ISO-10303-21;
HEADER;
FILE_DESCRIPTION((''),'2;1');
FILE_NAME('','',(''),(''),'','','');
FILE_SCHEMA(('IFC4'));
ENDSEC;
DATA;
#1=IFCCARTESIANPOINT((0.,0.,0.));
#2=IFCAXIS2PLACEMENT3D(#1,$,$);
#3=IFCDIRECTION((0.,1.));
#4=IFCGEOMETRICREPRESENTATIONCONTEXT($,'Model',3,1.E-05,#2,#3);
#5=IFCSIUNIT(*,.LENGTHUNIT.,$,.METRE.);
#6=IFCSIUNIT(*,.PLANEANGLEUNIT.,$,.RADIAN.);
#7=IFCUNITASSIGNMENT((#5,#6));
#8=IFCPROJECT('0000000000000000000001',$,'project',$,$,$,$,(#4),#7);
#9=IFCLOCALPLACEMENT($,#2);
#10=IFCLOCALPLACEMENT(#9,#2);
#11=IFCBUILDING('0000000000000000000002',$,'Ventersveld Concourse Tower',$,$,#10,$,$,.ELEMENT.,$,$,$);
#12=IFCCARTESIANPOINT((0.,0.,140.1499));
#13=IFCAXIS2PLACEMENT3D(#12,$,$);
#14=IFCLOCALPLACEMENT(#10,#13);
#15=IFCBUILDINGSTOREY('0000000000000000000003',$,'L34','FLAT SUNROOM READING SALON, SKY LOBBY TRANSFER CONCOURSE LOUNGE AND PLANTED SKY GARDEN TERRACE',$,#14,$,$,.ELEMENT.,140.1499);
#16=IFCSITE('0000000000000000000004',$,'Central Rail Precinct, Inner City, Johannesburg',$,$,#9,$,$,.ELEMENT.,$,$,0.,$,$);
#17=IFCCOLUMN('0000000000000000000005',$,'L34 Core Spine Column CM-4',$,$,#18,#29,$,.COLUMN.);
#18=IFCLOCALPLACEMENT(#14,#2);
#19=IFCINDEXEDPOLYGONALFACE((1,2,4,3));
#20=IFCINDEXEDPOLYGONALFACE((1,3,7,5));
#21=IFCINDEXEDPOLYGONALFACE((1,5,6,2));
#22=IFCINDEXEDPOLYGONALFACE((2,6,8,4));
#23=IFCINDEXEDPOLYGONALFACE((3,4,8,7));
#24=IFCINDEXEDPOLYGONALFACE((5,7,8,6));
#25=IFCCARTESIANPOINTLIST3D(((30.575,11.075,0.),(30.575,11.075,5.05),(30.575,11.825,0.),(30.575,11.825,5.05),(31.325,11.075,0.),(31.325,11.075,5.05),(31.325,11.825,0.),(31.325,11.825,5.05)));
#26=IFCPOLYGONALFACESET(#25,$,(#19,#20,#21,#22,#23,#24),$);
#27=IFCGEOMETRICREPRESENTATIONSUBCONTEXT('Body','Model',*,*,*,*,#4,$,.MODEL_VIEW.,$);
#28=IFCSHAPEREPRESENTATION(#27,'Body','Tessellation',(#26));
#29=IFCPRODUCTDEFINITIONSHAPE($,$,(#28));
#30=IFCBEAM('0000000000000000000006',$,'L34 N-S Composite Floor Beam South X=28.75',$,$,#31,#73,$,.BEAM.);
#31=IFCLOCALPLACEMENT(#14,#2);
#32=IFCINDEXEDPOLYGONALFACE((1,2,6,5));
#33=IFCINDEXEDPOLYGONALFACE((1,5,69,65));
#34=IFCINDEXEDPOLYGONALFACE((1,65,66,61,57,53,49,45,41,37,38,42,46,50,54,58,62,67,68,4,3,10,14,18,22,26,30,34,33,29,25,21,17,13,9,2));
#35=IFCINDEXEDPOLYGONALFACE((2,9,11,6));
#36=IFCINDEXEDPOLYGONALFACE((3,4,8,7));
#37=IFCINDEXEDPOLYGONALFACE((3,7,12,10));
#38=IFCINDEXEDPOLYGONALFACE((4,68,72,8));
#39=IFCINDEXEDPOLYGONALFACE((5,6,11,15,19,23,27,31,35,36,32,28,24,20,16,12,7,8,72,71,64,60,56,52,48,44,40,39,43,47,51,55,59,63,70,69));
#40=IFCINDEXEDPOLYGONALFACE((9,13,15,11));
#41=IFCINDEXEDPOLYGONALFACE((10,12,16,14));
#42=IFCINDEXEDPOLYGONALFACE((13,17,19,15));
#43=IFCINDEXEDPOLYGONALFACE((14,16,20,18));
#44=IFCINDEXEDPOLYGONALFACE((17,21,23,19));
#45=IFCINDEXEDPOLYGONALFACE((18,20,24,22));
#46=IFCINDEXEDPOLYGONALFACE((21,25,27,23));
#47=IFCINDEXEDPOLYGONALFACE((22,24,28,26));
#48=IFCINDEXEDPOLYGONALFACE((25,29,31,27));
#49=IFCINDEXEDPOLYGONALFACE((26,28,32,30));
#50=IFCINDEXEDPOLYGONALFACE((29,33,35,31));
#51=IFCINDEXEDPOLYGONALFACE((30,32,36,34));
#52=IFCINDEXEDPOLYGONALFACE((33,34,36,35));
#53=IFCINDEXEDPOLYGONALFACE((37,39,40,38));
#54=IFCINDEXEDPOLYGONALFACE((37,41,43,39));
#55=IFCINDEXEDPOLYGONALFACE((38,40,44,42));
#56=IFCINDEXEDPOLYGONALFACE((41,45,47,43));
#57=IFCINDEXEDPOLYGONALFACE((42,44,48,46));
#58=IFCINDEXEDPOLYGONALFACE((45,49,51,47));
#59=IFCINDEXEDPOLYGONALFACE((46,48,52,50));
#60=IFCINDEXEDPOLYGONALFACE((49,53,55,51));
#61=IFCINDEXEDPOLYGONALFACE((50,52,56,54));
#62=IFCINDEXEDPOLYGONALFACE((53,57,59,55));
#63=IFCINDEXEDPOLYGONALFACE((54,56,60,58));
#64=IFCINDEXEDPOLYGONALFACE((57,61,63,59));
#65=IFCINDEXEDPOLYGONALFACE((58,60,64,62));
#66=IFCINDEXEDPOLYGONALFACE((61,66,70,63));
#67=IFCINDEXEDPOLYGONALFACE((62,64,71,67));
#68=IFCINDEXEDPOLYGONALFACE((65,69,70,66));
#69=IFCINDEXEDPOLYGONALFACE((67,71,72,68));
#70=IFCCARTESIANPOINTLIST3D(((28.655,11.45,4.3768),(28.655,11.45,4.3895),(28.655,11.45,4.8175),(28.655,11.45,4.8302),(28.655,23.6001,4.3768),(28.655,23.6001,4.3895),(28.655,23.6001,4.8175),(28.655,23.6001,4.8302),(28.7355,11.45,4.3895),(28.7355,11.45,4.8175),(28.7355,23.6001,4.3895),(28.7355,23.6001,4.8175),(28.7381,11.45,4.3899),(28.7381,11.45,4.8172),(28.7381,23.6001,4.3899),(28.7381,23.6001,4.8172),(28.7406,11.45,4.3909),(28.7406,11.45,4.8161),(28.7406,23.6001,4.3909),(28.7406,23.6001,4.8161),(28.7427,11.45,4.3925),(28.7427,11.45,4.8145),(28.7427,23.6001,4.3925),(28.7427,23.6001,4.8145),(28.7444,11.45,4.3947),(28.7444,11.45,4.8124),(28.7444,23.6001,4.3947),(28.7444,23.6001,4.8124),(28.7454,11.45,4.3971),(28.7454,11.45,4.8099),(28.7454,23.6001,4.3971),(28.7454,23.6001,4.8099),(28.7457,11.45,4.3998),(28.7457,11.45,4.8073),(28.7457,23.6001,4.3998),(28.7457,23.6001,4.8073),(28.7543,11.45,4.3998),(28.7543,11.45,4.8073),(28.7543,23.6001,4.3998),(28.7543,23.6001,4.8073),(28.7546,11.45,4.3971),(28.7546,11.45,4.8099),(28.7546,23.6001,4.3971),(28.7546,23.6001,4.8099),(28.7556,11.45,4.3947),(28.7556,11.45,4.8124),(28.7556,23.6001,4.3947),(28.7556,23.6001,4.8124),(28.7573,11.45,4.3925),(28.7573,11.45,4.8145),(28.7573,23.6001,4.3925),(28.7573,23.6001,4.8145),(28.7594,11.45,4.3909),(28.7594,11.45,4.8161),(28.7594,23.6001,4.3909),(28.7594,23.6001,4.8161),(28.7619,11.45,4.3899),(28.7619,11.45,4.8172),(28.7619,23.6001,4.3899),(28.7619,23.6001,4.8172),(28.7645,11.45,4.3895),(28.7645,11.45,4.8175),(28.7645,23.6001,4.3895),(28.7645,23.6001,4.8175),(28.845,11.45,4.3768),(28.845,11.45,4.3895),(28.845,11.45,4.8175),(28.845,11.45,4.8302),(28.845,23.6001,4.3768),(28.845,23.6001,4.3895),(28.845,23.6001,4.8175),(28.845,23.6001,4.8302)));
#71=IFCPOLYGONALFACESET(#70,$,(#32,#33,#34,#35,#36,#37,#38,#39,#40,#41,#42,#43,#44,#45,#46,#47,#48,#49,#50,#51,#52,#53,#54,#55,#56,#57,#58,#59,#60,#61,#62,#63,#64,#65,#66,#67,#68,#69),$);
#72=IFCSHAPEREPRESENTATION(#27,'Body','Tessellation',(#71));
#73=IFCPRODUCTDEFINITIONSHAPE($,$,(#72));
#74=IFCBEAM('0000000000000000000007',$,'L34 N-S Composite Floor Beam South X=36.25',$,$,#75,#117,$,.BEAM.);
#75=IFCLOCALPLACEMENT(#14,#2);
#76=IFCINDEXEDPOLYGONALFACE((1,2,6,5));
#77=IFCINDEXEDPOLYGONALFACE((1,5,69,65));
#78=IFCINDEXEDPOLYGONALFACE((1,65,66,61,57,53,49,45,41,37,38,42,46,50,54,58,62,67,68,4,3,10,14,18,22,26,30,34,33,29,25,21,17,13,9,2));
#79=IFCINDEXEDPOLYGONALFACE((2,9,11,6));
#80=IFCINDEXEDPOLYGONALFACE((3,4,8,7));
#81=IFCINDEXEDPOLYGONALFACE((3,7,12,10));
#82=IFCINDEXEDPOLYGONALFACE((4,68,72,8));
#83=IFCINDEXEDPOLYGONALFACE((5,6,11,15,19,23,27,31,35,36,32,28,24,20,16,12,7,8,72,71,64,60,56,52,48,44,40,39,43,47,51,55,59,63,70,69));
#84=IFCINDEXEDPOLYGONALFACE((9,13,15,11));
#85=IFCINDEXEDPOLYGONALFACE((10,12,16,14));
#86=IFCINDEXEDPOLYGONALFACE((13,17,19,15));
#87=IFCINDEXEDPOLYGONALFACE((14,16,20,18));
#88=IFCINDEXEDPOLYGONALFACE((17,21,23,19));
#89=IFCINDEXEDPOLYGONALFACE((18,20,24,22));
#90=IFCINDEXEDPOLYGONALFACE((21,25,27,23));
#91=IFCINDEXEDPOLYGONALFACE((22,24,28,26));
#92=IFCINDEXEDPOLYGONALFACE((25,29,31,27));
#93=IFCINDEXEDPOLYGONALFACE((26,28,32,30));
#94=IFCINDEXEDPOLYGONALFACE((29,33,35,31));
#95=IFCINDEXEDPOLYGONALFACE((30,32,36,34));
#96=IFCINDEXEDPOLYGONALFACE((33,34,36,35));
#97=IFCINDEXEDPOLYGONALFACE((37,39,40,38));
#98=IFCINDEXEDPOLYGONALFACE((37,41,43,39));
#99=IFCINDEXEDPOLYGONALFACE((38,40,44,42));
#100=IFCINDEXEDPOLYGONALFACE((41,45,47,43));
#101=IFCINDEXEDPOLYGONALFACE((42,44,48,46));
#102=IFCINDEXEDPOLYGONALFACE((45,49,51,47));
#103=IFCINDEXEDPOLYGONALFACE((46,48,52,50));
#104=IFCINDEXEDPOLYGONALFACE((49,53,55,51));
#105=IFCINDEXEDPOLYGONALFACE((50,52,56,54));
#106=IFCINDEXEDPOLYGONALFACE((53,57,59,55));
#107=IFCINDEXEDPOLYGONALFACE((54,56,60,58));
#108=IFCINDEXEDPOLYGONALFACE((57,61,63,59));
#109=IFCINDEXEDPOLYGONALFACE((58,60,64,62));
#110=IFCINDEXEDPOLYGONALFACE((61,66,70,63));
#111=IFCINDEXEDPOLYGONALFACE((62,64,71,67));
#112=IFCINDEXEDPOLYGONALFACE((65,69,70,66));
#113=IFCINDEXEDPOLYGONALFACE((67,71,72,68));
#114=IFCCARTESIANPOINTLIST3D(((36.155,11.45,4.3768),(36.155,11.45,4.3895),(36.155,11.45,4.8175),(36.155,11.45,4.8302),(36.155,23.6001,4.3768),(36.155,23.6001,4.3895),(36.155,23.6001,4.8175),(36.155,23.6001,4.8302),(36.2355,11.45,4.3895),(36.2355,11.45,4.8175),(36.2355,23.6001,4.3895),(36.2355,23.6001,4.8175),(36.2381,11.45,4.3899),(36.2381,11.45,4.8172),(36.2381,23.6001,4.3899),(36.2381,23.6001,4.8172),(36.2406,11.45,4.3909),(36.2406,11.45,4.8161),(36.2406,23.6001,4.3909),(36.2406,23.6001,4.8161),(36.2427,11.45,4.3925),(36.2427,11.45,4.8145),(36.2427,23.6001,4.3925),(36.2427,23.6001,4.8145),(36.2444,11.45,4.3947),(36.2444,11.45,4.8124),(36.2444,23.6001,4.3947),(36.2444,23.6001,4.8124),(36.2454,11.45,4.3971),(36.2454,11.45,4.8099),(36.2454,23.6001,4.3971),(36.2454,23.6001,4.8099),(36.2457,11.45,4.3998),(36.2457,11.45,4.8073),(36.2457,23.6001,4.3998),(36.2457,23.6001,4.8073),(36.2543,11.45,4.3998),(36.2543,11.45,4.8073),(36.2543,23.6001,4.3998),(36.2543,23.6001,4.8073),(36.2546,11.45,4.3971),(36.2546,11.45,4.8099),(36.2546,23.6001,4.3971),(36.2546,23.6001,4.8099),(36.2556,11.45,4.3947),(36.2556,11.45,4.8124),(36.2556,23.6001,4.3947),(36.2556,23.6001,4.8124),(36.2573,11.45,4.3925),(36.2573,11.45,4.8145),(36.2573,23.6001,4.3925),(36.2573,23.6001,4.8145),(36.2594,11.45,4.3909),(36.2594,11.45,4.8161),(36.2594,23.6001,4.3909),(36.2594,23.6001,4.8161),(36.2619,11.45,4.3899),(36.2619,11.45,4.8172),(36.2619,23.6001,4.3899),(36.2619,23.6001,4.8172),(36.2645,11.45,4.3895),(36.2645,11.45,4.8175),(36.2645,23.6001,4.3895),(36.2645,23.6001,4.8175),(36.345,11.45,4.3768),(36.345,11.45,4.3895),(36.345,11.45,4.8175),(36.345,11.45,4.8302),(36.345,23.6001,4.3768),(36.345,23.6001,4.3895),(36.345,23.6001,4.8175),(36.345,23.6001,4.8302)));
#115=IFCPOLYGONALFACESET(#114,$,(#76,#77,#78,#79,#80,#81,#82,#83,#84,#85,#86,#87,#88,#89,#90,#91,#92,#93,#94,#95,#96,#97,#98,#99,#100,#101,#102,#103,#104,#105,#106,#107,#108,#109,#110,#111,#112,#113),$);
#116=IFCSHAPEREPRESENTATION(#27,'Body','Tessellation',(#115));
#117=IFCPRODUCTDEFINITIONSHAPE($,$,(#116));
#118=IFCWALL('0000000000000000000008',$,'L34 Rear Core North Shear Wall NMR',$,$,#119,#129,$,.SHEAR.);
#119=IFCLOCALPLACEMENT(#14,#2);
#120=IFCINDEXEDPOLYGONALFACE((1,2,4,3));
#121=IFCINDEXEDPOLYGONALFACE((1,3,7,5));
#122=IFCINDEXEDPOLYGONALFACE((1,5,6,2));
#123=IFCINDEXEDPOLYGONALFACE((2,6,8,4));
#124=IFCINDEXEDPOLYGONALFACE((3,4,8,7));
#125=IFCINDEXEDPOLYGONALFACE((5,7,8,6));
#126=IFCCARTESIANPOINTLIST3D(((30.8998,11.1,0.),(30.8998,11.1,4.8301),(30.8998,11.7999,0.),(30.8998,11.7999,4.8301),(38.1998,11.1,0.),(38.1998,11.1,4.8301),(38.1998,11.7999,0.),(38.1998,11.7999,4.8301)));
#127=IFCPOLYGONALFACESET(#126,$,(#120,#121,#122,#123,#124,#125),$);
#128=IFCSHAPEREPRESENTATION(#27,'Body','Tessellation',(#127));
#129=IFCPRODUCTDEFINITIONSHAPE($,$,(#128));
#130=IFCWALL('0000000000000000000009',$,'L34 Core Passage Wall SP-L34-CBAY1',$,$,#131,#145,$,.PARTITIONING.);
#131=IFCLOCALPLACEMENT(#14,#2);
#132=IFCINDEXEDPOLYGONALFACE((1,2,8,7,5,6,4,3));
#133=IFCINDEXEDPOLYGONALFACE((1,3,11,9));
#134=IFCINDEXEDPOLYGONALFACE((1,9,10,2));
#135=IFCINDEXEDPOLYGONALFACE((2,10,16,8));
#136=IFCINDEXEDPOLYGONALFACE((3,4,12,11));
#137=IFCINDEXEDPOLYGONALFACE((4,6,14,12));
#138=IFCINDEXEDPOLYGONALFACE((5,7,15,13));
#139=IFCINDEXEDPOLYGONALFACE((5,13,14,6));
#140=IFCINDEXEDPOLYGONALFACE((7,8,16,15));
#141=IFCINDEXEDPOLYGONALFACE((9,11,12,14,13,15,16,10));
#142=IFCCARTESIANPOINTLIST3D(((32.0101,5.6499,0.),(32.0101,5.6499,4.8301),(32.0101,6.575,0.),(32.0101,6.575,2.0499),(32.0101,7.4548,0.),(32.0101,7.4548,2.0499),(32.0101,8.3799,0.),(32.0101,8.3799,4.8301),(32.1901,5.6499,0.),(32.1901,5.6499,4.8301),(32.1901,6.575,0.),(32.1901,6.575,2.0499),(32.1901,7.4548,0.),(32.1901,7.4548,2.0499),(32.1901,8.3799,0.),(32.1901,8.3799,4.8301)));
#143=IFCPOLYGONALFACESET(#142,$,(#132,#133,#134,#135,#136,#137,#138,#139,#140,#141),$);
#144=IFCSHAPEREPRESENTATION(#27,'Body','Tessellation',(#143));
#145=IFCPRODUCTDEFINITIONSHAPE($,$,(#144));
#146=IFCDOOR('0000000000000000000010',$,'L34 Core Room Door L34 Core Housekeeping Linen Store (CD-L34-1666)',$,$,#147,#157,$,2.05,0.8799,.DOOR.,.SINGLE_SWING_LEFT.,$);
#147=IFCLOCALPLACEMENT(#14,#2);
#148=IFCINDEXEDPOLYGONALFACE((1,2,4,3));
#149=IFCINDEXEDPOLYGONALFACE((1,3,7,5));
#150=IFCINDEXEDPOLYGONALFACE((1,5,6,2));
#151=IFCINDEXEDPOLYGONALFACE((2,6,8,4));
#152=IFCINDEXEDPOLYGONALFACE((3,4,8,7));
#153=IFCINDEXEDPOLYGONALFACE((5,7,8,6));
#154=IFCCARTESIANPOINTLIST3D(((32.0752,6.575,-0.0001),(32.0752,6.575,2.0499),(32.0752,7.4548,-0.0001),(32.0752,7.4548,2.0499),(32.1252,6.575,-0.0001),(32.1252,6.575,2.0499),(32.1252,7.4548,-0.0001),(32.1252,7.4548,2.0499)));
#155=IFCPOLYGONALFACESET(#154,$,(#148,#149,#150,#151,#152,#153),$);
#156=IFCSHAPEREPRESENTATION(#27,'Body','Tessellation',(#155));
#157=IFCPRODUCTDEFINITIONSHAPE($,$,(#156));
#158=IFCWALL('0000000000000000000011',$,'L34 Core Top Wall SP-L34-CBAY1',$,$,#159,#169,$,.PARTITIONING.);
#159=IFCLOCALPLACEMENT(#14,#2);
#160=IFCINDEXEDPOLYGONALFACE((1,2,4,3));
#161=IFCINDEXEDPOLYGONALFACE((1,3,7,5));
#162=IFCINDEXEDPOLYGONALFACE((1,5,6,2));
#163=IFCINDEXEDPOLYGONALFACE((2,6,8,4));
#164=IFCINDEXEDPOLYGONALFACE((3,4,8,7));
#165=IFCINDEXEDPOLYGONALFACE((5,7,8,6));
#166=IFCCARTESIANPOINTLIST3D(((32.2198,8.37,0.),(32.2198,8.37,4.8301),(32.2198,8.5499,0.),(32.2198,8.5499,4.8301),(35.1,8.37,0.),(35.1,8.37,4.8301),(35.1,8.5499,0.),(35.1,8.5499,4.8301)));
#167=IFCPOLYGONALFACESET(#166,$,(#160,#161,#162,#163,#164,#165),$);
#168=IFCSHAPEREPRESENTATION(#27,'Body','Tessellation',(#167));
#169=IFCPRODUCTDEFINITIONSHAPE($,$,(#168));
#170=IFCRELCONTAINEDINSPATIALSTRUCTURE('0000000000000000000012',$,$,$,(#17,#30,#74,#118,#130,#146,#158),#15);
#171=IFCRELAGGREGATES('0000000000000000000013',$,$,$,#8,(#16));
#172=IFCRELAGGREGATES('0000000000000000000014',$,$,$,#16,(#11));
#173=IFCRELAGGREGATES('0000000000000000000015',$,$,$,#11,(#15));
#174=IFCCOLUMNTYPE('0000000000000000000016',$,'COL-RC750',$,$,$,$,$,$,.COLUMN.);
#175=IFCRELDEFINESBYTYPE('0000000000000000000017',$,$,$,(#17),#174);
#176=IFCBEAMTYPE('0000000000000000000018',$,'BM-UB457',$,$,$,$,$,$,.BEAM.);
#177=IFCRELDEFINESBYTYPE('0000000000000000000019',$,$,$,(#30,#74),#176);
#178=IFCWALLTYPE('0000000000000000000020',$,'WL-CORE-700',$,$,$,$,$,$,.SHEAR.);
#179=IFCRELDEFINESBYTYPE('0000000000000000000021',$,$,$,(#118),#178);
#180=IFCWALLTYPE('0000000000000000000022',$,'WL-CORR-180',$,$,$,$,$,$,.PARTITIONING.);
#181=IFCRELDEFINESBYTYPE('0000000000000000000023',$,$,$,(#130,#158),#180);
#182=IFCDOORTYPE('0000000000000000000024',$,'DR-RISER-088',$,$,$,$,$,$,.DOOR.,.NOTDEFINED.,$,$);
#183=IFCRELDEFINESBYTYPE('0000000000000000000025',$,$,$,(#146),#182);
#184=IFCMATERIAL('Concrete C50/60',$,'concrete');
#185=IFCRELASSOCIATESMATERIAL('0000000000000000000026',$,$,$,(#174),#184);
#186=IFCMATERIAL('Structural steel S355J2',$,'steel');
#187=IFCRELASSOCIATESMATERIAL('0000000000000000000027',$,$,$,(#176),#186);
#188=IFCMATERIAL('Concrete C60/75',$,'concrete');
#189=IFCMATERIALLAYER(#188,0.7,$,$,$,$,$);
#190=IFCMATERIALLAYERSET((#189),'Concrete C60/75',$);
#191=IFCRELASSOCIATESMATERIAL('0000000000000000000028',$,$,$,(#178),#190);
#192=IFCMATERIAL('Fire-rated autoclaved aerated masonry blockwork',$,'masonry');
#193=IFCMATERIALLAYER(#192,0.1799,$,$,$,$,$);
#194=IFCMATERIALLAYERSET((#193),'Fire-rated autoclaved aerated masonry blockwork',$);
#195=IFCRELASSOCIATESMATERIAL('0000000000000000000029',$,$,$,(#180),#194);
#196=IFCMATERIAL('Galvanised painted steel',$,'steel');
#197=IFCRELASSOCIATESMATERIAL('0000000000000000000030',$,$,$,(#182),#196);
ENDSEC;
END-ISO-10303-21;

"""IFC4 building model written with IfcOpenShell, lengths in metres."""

from ifc_helpers import new_model, si_unit, direction, frame, frame_2d, origin, origin_2d, place, context, subcontext, project, spatial, rectangle, i_section, extrude, material, layer, layer_set, material_profile, profile_set, type_object, element, fill, save


model = new_model("IFC4")

# Units and contexts
model_context = context("Model", 3, precision=1e-05, world=origin(), true_north=direction((0.0, 1.0)))
body_context = subcontext(model_context, "Body", "Model", "MODEL_VIEW")
ifc_project = project(units=[si_unit("LENGTHUNIT", "METRE"), si_unit("PLANEANGLEUNIT", "RADIAN")], contexts=[model_context])

# Site, building, storey
site_placement = place(None, origin())
site = spatial("IfcSite", under=ifc_project, at=site_placement, Name="Central Rail Precinct, Inner City, Johannesburg", CompositionType="ELEMENT", RefElevation=0.0)
building_placement = place(site_placement, origin())
building = spatial("IfcBuilding", under=site, at=building_placement, Name="Ventersveld Concourse Tower", CompositionType="ELEMENT")
storey_placement = place(building_placement, frame((0.0, 0.0, 140.1499)))
storey = spatial("IfcBuildingStorey", under=building, at=storey_placement, Name="L34", Description="FLAT SUNROOM READING SALON, SKY LOBBY TRANSFER CONCOURSE LOUNGE AND PLANTED SKY GARDEN TERRACE", CompositionType="ELEMENT", Elevation=140.1499)

# Column
ifc_material_1 = material(Name="Concrete C50/60", Category="concrete")
ifc_material_profile_1 = material_profile(ifc_material_1, rectangle(XDim=0.75, YDim=0.75, at=origin_2d()), Name="RC 750x750")
ifc_profile_set_1 = profile_set([ifc_material_profile_1], Name="Concrete C50/60")
column_type = type_object("IfcColumnType", Name="COL-RC750", PredefinedType="COLUMN", material=ifc_profile_set_1)
column_placement = place(storey_placement, frame((30.95, 11.45, 0.0), z_axis=(0.0, 0.0, 1.0), x_axis=(1.0, 0.0, 0.0)))
element("IfcColumn", 1, at=column_placement, inside=storey, type_object=column_type, Name="L34 Core Spine Column CM-4", PredefinedType="COLUMN", context=body_context, shape_type="SweptSolid", body=[
    extrude(rectangle(XDim=0.75, YDim=0.75, at=origin_2d()), origin(), (0.0, 0.0, 1.0), 5.05),
])

# Beams
ifc_material_2 = material(Name="Structural steel S355J2", Category="steel")
ifc_material_profile_2 = material_profile(ifc_material_2, i_section(OverallWidth=0.1899, OverallDepth=0.4534, WebThickness=0.0085, FlangeThickness=0.0127, FilletRadius=0.0103, at=origin_2d()), Name="UB 457x191x67")
ifc_profile_set_2 = profile_set([ifc_material_profile_2], Name="Structural steel S355J2")
beam_type = type_object("IfcBeamType", Name="BM-UB457", PredefinedType="BEAM", material=ifc_profile_set_2)
for number, where, z_axis, x_axis, name in (
    (2, (28.75, 11.45, 4.6035), (0.0, 1.0, 0.0), (-1.0, 0.0, 0.0), "L34 N-S Composite Floor Beam South X=28.75"),
    (3, (36.25, 11.45, 4.6035), (0.0, 1.0, 0.0), (-1.0, 0.0, 0.0), "L34 N-S Composite Floor Beam South X=36.25"),
):
    element("IfcBeam", number, at=place(storey_placement, frame(where, z_axis=z_axis, x_axis=x_axis)), inside=storey, type_object=beam_type, Name=name, PredefinedType="BEAM", context=body_context, shape_type="SweptSolid", body=[
        extrude(i_section(OverallWidth=0.1899, OverallDepth=0.4534, WebThickness=0.0085, FlangeThickness=0.0127, FilletRadius=0.0103, at=origin_2d()), origin(), (0.0, 0.0, 1.0), 12.1501),
    ])

# Wall
ifc_material_3 = material(Name="Concrete C60/75", Category="concrete")
ifc_layer_1 = layer(ifc_material_3, 0.7)
ifc_layer_set_1 = layer_set([ifc_layer_1], Name="Concrete C60/75")
wall_type_1 = type_object("IfcWallType", Name="WL-CORE-700", PredefinedType="SHEAR", material=ifc_layer_set_1)
wall_1_placement = place(storey_placement, frame((30.8999, 11.45, 0.0), z_axis=(0.0, 0.0, 1.0), x_axis=(1.0, 0.0, 0.0)))
element("IfcWall", 4, at=wall_1_placement, inside=storey, type_object=wall_type_1, Name="L34 Rear Core North Shear Wall NMR", PredefinedType="SHEAR", context=body_context, shape_type="SweptSolid", body=[
    extrude(rectangle(XDim=7.3, YDim=0.7, at=frame_2d((3.6499, 0.0))), origin(), (0.0, 0.0, 1.0), 4.8301),
])

# Wall, opening, door
ifc_material_4 = material(Name="Fire-rated autoclaved aerated masonry blockwork", Category="masonry")
ifc_layer_2 = layer(ifc_material_4, 0.1799)
ifc_layer_set_2 = layer_set([ifc_layer_2], Name="Fire-rated autoclaved aerated masonry blockwork")
wall_type_2 = type_object("IfcWallType", Name="WL-CORR-180", PredefinedType="PARTITIONING", material=ifc_layer_set_2)
wall_2_placement = place(storey_placement, frame((32.1001, 5.6499, 0.0), z_axis=(0.0, 0.0, 1.0), x_axis=(0.0, 1.0, 0.0)))
wall_2 = element("IfcWall", 5, at=wall_2_placement, inside=storey, type_object=wall_type_2, Name="L34 Core Passage Wall SP-L34-CBAY1", PredefinedType="PARTITIONING", context=body_context, shape_type="SweptSolid", body=[
    extrude(rectangle(XDim=2.73, YDim=0.1799, at=frame_2d((1.365, 0.0))), origin(), (0.0, 0.0, 1.0), 4.8301),
])
opening_1_placement = place(wall_2_placement, frame((0.925, 0.0, 0.0)))
opening_1 = element("IfcOpeningElement", 6, at=opening_1_placement, cuts=wall_2, PredefinedType="OPENING", context=body_context, shape_type="SweptSolid", body=[
    extrude(rectangle(XDim=0.8799, YDim=2.05, at=frame_2d((0.4399, 1.0249))), frame((0.0, 0.1001, 0.0), z_axis=(0.0, -1.0, 0.0), x_axis=(1.0, 0.0, 0.0)), (0.0, 0.0, 1.0), 0.2),
])
ifc_material_5 = material(Name="Galvanised painted steel", Category="steel")
door_type_1 = type_object("IfcDoorType", Name="DR-RISER-088", OperationType="NOTDEFINED", PredefinedType="DOOR", material=ifc_material_5)
door_1_placement = place(opening_1_placement, origin())
door_1 = element("IfcDoor", 7, at=door_1_placement, inside=storey, type_object=door_type_1, Name="L34 Core Room Door L34 Core Housekeeping Linen Store (CD-L34-1666)", OperationType="SINGLE_SWING_LEFT", OverallHeight=2.05, OverallWidth=0.8799, PredefinedType="DOOR", context=body_context, shape_type="SweptSolid", body=[
    extrude(rectangle(XDim=0.8799, YDim=2.05, at=frame_2d((0.4399, 1.0249))), frame((0.0, 0.0249, 0.0), z_axis=(0.0, -1.0, 0.0), x_axis=(1.0, 0.0, 0.0)), (0.0, 0.0, 1.0), 0.05),
])
fill(opening_1, door_1)

# Wall
wall_3_placement = place(storey_placement, frame((32.22, 8.46, 0.0), z_axis=(0.0, 0.0, 1.0), x_axis=(1.0, 0.0, 0.0)))
element("IfcWall", 8, at=wall_3_placement, inside=storey, type_object=wall_type_2, Name="L34 Core Top Wall SP-L34-CBAY1", PredefinedType="PARTITIONING", context=body_context, shape_type="SweptSolid", body=[
    extrude(rectangle(XDim=2.8801, YDim=0.1799, at=frame_2d((1.4399, 0.0))), origin(), (0.0, 0.0, 1.0), 4.8301),
])

save(model, "model.ifc")
